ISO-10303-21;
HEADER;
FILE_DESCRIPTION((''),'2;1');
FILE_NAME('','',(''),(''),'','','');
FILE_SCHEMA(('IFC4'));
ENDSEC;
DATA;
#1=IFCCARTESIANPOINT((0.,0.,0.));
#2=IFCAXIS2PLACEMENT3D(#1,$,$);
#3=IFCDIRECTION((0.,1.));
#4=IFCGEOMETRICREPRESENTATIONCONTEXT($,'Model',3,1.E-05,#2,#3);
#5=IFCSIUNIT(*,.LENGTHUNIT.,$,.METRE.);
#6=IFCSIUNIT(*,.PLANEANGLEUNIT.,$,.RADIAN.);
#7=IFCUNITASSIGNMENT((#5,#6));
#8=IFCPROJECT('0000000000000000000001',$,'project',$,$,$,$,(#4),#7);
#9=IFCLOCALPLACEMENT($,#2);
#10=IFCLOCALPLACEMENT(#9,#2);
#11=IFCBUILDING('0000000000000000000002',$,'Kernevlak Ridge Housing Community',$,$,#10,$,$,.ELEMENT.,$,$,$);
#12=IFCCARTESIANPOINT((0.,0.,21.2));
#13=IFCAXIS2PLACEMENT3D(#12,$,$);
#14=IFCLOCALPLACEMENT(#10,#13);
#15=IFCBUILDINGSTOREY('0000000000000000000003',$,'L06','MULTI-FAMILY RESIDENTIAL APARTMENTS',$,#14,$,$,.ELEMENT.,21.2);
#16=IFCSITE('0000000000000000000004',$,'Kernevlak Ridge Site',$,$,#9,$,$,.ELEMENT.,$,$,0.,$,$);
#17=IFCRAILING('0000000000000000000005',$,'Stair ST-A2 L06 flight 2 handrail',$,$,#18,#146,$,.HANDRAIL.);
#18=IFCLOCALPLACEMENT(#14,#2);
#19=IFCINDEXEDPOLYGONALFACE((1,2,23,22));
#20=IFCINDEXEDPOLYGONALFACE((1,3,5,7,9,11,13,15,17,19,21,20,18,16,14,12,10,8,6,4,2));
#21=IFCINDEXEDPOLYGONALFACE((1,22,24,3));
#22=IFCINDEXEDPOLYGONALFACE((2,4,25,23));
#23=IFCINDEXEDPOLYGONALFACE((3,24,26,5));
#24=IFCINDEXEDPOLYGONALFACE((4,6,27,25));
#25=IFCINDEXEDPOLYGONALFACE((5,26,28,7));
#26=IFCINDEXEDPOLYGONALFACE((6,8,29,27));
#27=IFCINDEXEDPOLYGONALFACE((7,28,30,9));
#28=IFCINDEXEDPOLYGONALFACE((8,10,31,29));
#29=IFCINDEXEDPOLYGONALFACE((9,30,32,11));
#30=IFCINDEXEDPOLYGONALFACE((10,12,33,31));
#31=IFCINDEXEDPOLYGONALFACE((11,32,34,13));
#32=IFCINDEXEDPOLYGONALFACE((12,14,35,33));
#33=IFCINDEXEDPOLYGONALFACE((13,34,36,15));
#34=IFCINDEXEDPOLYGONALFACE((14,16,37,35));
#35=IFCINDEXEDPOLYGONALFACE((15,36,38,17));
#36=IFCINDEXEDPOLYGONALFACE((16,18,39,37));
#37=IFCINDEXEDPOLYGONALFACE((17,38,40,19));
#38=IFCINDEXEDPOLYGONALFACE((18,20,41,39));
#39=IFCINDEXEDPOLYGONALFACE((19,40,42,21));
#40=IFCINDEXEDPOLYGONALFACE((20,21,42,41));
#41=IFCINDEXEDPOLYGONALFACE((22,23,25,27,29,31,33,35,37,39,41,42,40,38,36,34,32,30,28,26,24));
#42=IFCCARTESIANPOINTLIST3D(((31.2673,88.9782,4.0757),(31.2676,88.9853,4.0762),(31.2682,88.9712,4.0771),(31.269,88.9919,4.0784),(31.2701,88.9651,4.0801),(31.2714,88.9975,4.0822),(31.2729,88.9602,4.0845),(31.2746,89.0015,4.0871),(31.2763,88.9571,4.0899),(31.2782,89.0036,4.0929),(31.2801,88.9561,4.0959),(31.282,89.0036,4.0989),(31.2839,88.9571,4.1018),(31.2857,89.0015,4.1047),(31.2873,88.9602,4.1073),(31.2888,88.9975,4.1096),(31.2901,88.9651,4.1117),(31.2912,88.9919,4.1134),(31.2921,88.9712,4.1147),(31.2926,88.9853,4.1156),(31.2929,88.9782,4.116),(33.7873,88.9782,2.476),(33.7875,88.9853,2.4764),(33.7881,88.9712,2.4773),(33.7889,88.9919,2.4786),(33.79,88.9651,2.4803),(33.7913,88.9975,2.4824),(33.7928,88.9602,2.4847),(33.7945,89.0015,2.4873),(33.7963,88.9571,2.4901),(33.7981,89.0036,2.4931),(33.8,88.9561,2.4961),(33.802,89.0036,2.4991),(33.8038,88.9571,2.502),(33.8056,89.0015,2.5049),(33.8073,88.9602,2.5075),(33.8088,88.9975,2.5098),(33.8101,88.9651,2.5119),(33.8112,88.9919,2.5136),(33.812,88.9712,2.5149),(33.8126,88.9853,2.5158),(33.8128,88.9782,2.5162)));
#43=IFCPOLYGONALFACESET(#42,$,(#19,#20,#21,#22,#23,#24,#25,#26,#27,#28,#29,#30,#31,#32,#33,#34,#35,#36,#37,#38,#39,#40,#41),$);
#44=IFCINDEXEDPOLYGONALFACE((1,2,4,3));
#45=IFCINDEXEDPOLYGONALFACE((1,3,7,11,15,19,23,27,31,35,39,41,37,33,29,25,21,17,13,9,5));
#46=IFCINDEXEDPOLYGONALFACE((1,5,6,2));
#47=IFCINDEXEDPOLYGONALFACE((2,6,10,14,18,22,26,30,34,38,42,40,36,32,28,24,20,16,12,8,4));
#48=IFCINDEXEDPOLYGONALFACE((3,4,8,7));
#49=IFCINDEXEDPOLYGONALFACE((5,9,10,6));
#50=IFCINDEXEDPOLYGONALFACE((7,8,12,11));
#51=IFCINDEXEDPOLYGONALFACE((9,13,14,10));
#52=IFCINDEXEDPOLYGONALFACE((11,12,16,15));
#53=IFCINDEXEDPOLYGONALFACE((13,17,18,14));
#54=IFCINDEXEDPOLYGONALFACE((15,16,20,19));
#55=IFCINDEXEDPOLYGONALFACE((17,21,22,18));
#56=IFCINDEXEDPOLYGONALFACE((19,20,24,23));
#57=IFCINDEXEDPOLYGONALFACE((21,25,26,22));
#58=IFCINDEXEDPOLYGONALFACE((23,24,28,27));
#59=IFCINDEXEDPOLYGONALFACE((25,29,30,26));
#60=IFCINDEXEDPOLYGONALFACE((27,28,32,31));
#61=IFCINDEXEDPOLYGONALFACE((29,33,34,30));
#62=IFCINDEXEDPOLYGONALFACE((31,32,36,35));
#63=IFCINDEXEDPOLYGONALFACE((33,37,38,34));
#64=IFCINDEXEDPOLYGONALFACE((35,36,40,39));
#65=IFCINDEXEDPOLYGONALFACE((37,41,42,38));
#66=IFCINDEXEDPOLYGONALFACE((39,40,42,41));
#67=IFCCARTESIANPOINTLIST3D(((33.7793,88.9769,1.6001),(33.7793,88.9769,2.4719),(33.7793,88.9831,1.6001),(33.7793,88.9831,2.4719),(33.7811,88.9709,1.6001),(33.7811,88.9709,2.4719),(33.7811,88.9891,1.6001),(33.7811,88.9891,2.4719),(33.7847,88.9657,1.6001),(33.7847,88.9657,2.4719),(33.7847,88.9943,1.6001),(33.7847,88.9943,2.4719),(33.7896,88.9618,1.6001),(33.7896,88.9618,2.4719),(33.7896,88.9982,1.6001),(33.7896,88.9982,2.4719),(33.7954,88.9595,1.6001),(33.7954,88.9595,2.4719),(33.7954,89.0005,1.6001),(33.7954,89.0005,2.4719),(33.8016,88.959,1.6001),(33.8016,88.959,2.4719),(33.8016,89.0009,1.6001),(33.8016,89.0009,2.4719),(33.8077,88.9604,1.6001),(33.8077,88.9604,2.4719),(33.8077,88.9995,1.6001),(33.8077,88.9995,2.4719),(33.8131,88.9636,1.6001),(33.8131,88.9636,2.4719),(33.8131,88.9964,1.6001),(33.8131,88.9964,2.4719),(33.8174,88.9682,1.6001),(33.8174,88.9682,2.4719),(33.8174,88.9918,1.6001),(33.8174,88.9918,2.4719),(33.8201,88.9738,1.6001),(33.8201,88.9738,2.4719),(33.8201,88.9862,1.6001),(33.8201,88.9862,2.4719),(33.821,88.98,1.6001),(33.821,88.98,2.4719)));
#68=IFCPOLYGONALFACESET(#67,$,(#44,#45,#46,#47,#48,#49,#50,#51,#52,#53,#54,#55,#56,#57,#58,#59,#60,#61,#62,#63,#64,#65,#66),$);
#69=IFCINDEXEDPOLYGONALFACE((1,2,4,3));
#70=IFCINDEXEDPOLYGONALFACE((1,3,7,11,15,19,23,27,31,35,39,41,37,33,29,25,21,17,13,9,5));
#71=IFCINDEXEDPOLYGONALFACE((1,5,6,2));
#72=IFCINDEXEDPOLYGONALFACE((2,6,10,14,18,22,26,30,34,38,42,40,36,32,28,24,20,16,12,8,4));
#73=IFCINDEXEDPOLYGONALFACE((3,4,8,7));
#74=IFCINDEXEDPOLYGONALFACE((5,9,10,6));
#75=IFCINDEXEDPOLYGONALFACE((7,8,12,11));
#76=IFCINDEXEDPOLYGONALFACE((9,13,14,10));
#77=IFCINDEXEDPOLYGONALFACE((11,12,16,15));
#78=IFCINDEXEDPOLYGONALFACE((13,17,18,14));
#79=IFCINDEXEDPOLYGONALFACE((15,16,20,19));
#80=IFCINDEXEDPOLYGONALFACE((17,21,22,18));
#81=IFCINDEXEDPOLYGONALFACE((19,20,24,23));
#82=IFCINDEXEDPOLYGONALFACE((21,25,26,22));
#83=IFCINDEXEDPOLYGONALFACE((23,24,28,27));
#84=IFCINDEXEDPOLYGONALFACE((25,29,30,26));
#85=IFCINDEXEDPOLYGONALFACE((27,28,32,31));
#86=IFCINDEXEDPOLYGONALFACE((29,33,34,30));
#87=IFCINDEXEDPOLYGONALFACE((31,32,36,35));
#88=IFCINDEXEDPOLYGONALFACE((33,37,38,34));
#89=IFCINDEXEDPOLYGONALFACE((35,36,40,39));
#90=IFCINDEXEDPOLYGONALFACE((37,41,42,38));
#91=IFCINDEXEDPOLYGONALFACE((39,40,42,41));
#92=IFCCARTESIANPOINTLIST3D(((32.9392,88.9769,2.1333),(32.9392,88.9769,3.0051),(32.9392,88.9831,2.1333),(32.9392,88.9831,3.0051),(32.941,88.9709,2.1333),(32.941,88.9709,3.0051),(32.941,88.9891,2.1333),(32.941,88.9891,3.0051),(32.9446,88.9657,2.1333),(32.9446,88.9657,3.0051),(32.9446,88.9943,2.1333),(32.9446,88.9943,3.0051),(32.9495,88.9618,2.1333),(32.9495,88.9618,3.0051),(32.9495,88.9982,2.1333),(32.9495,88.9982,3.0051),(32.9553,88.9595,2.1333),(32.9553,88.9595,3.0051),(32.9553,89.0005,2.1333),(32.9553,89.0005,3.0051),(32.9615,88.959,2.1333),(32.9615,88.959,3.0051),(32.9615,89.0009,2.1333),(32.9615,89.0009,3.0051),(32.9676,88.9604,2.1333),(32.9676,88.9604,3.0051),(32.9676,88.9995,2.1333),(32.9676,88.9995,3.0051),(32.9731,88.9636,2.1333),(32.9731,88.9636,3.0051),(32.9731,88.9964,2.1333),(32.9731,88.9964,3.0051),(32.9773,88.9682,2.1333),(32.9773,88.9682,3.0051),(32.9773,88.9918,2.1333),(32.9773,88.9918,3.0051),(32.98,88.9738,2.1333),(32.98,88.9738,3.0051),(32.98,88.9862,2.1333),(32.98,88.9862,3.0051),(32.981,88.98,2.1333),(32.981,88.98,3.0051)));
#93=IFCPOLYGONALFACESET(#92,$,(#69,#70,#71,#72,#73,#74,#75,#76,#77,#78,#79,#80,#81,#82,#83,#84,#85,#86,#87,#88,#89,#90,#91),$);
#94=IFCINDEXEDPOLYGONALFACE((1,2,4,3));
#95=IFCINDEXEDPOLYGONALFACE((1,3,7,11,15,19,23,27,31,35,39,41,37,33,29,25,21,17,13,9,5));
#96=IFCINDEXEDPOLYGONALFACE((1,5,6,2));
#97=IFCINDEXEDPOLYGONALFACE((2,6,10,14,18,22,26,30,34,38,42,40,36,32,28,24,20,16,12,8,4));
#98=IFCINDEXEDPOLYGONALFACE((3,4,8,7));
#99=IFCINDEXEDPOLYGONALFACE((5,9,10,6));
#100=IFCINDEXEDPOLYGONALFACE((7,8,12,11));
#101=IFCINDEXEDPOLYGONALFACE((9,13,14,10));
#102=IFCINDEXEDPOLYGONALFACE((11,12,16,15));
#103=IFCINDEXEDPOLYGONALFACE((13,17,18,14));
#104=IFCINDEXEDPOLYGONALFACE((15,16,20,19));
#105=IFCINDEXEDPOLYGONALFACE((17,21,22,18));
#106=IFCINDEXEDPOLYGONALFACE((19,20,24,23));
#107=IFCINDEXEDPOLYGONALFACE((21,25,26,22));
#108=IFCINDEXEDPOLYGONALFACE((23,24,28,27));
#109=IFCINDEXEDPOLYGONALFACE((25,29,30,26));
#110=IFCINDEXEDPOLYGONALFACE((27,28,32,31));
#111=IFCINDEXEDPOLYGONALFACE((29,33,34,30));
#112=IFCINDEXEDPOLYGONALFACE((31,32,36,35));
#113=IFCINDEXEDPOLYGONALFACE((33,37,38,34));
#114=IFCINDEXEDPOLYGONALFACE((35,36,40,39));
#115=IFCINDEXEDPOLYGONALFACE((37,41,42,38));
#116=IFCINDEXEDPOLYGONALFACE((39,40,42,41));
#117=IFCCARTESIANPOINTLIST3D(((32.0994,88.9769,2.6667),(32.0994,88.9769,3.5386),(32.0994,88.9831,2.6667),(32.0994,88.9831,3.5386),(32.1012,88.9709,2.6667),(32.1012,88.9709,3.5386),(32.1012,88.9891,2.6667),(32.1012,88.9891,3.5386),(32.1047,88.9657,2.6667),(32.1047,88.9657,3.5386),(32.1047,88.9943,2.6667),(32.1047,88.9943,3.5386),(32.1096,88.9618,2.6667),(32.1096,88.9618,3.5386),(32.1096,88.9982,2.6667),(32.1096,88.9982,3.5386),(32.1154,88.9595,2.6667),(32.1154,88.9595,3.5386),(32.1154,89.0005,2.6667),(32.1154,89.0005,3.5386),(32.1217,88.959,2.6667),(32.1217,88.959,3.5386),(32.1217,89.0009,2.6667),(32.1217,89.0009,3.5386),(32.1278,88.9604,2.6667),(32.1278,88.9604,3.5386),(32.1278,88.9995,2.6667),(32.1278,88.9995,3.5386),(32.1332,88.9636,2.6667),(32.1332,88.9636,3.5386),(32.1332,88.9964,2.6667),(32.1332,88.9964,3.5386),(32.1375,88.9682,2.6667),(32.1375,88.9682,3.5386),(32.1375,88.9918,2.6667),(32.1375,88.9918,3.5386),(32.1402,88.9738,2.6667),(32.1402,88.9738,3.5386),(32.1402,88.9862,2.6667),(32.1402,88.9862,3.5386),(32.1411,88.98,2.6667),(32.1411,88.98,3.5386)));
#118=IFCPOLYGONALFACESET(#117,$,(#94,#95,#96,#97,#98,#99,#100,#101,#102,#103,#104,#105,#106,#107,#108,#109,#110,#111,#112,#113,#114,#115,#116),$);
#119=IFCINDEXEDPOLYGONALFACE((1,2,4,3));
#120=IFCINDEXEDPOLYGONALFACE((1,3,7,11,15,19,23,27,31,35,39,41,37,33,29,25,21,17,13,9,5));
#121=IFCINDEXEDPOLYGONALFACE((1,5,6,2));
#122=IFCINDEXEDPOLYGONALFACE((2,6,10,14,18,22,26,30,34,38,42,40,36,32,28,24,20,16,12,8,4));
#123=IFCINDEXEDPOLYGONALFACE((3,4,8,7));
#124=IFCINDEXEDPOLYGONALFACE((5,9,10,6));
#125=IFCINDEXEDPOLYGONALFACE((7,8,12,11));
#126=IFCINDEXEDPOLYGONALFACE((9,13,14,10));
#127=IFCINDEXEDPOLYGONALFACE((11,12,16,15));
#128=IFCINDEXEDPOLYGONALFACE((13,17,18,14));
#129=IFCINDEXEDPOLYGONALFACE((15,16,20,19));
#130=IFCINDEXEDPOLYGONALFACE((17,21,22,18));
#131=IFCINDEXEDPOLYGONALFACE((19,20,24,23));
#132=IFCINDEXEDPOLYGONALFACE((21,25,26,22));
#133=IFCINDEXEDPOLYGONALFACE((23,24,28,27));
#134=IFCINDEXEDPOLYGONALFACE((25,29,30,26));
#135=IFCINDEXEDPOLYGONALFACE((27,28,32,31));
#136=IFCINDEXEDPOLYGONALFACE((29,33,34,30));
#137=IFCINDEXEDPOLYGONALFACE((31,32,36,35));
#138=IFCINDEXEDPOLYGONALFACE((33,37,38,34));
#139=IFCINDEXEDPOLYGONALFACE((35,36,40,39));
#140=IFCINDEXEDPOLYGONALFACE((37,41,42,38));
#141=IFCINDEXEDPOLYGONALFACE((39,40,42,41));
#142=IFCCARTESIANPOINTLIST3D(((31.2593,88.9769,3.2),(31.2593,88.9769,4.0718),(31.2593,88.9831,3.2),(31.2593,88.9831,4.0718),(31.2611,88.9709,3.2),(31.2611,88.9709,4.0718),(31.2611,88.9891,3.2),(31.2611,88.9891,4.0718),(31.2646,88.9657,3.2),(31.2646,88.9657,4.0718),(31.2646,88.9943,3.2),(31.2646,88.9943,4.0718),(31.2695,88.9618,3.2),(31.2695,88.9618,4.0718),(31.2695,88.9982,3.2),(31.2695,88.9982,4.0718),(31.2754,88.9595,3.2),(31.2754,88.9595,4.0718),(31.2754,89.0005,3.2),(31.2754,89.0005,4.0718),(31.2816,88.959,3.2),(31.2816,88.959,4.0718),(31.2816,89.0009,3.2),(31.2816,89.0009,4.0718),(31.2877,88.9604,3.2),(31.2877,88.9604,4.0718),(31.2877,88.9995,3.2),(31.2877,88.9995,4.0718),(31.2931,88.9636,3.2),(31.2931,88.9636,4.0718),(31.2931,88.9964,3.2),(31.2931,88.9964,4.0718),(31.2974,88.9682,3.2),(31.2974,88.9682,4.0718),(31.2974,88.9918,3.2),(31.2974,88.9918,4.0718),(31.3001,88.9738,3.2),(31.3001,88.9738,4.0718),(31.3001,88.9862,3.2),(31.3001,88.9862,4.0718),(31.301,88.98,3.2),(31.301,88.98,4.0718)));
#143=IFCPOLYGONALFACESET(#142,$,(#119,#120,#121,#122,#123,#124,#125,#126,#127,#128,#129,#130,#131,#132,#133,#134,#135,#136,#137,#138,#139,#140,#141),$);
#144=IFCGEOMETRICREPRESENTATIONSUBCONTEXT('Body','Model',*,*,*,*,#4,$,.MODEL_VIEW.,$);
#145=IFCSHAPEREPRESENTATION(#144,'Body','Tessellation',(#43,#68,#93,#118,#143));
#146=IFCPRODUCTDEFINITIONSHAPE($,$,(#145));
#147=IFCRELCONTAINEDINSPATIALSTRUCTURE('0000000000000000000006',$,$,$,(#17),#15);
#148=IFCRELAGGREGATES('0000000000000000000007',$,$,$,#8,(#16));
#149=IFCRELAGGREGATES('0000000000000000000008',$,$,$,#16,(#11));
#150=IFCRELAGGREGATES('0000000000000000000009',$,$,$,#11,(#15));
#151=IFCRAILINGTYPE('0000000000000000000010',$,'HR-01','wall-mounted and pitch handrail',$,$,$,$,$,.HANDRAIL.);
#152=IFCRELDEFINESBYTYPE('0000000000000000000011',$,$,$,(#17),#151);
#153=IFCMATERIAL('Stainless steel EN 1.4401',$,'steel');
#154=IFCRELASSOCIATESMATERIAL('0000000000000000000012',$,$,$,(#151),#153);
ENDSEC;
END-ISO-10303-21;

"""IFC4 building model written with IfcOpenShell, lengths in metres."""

from ifc_helpers import new_model, si_unit, direction, frame, origin, origin_2d, place, context, subcontext, project, spatial, circle, extrude, material, type_object, element, save


model = new_model("IFC4")

# Units and contexts
model_context = context("Model", 3, precision=1e-05, world=origin(), true_north=direction((0.0, 1.0)))
body_context = subcontext(model_context, "Body", "Model", "MODEL_VIEW")
ifc_project = project(units=[si_unit("LENGTHUNIT", "METRE"), si_unit("PLANEANGLEUNIT", "RADIAN")], contexts=[model_context])

# Site, building, storey
site_placement = place(None, origin())
site = spatial("IfcSite", under=ifc_project, at=site_placement, Name="Kernevlak Ridge Site", CompositionType="ELEMENT", RefElevation=0.0)
building_placement = place(site_placement, origin())
building = spatial("IfcBuilding", under=site, at=building_placement, Name="Kernevlak Ridge Housing Community", CompositionType="ELEMENT")
storey_placement = place(building_placement, frame((0.0, 0.0, 21.2)))
storey = spatial("IfcBuildingStorey", under=building, at=storey_placement, Name="L06", Description="MULTI-FAMILY RESIDENTIAL APARTMENTS", CompositionType="ELEMENT", Elevation=21.2)

# Railing
ifc_material_1 = material(Name="Stainless steel EN 1.4401", Category="steel")
railing_type_1 = type_object("IfcRailingType", Name="HR-01", Description="wall-mounted and pitch handrail", PredefinedType="HANDRAIL", material=ifc_material_1)
railing_1_placement = place(storey_placement, frame((33.8, 88.98, 1.6001)))
element("IfcRailing", 1, at=railing_1_placement, inside=storey, type_object=railing_type_1, Name="Stair ST-A2 L06 flight 2 handrail", PredefinedType="HANDRAIL", context=body_context, shape_type="SweptSolid", body=[
    extrude(circle(Radius=0.0239, at=origin_2d()), frame((0.0, 0.0, 0.896), z_axis=(-0.844237, 0.0, 0.53597), x_axis=(0.0, -1.0, 0.0)), (0.0, 0.0, 1.0), 2.9849),
    extrude(circle(Radius=0.021, at=origin_2d()), origin(), (0.0, 0.0, 1.0), 0.8718),
    extrude(circle(Radius=0.021, at=origin_2d()), frame((-0.8401, 0.0, 0.5332)), (0.0, 0.0, 1.0), 0.8718),
    extrude(circle(Radius=0.021, at=origin_2d()), frame((-1.6799, 0.0, 1.0667)), (0.0, 0.0, 1.0), 0.8718),
    extrude(circle(Radius=0.021, at=origin_2d()), frame((-2.52, 0.0, 1.5999)), (0.0, 0.0, 1.0), 0.8718),
])

save(model, "model.ifc")
